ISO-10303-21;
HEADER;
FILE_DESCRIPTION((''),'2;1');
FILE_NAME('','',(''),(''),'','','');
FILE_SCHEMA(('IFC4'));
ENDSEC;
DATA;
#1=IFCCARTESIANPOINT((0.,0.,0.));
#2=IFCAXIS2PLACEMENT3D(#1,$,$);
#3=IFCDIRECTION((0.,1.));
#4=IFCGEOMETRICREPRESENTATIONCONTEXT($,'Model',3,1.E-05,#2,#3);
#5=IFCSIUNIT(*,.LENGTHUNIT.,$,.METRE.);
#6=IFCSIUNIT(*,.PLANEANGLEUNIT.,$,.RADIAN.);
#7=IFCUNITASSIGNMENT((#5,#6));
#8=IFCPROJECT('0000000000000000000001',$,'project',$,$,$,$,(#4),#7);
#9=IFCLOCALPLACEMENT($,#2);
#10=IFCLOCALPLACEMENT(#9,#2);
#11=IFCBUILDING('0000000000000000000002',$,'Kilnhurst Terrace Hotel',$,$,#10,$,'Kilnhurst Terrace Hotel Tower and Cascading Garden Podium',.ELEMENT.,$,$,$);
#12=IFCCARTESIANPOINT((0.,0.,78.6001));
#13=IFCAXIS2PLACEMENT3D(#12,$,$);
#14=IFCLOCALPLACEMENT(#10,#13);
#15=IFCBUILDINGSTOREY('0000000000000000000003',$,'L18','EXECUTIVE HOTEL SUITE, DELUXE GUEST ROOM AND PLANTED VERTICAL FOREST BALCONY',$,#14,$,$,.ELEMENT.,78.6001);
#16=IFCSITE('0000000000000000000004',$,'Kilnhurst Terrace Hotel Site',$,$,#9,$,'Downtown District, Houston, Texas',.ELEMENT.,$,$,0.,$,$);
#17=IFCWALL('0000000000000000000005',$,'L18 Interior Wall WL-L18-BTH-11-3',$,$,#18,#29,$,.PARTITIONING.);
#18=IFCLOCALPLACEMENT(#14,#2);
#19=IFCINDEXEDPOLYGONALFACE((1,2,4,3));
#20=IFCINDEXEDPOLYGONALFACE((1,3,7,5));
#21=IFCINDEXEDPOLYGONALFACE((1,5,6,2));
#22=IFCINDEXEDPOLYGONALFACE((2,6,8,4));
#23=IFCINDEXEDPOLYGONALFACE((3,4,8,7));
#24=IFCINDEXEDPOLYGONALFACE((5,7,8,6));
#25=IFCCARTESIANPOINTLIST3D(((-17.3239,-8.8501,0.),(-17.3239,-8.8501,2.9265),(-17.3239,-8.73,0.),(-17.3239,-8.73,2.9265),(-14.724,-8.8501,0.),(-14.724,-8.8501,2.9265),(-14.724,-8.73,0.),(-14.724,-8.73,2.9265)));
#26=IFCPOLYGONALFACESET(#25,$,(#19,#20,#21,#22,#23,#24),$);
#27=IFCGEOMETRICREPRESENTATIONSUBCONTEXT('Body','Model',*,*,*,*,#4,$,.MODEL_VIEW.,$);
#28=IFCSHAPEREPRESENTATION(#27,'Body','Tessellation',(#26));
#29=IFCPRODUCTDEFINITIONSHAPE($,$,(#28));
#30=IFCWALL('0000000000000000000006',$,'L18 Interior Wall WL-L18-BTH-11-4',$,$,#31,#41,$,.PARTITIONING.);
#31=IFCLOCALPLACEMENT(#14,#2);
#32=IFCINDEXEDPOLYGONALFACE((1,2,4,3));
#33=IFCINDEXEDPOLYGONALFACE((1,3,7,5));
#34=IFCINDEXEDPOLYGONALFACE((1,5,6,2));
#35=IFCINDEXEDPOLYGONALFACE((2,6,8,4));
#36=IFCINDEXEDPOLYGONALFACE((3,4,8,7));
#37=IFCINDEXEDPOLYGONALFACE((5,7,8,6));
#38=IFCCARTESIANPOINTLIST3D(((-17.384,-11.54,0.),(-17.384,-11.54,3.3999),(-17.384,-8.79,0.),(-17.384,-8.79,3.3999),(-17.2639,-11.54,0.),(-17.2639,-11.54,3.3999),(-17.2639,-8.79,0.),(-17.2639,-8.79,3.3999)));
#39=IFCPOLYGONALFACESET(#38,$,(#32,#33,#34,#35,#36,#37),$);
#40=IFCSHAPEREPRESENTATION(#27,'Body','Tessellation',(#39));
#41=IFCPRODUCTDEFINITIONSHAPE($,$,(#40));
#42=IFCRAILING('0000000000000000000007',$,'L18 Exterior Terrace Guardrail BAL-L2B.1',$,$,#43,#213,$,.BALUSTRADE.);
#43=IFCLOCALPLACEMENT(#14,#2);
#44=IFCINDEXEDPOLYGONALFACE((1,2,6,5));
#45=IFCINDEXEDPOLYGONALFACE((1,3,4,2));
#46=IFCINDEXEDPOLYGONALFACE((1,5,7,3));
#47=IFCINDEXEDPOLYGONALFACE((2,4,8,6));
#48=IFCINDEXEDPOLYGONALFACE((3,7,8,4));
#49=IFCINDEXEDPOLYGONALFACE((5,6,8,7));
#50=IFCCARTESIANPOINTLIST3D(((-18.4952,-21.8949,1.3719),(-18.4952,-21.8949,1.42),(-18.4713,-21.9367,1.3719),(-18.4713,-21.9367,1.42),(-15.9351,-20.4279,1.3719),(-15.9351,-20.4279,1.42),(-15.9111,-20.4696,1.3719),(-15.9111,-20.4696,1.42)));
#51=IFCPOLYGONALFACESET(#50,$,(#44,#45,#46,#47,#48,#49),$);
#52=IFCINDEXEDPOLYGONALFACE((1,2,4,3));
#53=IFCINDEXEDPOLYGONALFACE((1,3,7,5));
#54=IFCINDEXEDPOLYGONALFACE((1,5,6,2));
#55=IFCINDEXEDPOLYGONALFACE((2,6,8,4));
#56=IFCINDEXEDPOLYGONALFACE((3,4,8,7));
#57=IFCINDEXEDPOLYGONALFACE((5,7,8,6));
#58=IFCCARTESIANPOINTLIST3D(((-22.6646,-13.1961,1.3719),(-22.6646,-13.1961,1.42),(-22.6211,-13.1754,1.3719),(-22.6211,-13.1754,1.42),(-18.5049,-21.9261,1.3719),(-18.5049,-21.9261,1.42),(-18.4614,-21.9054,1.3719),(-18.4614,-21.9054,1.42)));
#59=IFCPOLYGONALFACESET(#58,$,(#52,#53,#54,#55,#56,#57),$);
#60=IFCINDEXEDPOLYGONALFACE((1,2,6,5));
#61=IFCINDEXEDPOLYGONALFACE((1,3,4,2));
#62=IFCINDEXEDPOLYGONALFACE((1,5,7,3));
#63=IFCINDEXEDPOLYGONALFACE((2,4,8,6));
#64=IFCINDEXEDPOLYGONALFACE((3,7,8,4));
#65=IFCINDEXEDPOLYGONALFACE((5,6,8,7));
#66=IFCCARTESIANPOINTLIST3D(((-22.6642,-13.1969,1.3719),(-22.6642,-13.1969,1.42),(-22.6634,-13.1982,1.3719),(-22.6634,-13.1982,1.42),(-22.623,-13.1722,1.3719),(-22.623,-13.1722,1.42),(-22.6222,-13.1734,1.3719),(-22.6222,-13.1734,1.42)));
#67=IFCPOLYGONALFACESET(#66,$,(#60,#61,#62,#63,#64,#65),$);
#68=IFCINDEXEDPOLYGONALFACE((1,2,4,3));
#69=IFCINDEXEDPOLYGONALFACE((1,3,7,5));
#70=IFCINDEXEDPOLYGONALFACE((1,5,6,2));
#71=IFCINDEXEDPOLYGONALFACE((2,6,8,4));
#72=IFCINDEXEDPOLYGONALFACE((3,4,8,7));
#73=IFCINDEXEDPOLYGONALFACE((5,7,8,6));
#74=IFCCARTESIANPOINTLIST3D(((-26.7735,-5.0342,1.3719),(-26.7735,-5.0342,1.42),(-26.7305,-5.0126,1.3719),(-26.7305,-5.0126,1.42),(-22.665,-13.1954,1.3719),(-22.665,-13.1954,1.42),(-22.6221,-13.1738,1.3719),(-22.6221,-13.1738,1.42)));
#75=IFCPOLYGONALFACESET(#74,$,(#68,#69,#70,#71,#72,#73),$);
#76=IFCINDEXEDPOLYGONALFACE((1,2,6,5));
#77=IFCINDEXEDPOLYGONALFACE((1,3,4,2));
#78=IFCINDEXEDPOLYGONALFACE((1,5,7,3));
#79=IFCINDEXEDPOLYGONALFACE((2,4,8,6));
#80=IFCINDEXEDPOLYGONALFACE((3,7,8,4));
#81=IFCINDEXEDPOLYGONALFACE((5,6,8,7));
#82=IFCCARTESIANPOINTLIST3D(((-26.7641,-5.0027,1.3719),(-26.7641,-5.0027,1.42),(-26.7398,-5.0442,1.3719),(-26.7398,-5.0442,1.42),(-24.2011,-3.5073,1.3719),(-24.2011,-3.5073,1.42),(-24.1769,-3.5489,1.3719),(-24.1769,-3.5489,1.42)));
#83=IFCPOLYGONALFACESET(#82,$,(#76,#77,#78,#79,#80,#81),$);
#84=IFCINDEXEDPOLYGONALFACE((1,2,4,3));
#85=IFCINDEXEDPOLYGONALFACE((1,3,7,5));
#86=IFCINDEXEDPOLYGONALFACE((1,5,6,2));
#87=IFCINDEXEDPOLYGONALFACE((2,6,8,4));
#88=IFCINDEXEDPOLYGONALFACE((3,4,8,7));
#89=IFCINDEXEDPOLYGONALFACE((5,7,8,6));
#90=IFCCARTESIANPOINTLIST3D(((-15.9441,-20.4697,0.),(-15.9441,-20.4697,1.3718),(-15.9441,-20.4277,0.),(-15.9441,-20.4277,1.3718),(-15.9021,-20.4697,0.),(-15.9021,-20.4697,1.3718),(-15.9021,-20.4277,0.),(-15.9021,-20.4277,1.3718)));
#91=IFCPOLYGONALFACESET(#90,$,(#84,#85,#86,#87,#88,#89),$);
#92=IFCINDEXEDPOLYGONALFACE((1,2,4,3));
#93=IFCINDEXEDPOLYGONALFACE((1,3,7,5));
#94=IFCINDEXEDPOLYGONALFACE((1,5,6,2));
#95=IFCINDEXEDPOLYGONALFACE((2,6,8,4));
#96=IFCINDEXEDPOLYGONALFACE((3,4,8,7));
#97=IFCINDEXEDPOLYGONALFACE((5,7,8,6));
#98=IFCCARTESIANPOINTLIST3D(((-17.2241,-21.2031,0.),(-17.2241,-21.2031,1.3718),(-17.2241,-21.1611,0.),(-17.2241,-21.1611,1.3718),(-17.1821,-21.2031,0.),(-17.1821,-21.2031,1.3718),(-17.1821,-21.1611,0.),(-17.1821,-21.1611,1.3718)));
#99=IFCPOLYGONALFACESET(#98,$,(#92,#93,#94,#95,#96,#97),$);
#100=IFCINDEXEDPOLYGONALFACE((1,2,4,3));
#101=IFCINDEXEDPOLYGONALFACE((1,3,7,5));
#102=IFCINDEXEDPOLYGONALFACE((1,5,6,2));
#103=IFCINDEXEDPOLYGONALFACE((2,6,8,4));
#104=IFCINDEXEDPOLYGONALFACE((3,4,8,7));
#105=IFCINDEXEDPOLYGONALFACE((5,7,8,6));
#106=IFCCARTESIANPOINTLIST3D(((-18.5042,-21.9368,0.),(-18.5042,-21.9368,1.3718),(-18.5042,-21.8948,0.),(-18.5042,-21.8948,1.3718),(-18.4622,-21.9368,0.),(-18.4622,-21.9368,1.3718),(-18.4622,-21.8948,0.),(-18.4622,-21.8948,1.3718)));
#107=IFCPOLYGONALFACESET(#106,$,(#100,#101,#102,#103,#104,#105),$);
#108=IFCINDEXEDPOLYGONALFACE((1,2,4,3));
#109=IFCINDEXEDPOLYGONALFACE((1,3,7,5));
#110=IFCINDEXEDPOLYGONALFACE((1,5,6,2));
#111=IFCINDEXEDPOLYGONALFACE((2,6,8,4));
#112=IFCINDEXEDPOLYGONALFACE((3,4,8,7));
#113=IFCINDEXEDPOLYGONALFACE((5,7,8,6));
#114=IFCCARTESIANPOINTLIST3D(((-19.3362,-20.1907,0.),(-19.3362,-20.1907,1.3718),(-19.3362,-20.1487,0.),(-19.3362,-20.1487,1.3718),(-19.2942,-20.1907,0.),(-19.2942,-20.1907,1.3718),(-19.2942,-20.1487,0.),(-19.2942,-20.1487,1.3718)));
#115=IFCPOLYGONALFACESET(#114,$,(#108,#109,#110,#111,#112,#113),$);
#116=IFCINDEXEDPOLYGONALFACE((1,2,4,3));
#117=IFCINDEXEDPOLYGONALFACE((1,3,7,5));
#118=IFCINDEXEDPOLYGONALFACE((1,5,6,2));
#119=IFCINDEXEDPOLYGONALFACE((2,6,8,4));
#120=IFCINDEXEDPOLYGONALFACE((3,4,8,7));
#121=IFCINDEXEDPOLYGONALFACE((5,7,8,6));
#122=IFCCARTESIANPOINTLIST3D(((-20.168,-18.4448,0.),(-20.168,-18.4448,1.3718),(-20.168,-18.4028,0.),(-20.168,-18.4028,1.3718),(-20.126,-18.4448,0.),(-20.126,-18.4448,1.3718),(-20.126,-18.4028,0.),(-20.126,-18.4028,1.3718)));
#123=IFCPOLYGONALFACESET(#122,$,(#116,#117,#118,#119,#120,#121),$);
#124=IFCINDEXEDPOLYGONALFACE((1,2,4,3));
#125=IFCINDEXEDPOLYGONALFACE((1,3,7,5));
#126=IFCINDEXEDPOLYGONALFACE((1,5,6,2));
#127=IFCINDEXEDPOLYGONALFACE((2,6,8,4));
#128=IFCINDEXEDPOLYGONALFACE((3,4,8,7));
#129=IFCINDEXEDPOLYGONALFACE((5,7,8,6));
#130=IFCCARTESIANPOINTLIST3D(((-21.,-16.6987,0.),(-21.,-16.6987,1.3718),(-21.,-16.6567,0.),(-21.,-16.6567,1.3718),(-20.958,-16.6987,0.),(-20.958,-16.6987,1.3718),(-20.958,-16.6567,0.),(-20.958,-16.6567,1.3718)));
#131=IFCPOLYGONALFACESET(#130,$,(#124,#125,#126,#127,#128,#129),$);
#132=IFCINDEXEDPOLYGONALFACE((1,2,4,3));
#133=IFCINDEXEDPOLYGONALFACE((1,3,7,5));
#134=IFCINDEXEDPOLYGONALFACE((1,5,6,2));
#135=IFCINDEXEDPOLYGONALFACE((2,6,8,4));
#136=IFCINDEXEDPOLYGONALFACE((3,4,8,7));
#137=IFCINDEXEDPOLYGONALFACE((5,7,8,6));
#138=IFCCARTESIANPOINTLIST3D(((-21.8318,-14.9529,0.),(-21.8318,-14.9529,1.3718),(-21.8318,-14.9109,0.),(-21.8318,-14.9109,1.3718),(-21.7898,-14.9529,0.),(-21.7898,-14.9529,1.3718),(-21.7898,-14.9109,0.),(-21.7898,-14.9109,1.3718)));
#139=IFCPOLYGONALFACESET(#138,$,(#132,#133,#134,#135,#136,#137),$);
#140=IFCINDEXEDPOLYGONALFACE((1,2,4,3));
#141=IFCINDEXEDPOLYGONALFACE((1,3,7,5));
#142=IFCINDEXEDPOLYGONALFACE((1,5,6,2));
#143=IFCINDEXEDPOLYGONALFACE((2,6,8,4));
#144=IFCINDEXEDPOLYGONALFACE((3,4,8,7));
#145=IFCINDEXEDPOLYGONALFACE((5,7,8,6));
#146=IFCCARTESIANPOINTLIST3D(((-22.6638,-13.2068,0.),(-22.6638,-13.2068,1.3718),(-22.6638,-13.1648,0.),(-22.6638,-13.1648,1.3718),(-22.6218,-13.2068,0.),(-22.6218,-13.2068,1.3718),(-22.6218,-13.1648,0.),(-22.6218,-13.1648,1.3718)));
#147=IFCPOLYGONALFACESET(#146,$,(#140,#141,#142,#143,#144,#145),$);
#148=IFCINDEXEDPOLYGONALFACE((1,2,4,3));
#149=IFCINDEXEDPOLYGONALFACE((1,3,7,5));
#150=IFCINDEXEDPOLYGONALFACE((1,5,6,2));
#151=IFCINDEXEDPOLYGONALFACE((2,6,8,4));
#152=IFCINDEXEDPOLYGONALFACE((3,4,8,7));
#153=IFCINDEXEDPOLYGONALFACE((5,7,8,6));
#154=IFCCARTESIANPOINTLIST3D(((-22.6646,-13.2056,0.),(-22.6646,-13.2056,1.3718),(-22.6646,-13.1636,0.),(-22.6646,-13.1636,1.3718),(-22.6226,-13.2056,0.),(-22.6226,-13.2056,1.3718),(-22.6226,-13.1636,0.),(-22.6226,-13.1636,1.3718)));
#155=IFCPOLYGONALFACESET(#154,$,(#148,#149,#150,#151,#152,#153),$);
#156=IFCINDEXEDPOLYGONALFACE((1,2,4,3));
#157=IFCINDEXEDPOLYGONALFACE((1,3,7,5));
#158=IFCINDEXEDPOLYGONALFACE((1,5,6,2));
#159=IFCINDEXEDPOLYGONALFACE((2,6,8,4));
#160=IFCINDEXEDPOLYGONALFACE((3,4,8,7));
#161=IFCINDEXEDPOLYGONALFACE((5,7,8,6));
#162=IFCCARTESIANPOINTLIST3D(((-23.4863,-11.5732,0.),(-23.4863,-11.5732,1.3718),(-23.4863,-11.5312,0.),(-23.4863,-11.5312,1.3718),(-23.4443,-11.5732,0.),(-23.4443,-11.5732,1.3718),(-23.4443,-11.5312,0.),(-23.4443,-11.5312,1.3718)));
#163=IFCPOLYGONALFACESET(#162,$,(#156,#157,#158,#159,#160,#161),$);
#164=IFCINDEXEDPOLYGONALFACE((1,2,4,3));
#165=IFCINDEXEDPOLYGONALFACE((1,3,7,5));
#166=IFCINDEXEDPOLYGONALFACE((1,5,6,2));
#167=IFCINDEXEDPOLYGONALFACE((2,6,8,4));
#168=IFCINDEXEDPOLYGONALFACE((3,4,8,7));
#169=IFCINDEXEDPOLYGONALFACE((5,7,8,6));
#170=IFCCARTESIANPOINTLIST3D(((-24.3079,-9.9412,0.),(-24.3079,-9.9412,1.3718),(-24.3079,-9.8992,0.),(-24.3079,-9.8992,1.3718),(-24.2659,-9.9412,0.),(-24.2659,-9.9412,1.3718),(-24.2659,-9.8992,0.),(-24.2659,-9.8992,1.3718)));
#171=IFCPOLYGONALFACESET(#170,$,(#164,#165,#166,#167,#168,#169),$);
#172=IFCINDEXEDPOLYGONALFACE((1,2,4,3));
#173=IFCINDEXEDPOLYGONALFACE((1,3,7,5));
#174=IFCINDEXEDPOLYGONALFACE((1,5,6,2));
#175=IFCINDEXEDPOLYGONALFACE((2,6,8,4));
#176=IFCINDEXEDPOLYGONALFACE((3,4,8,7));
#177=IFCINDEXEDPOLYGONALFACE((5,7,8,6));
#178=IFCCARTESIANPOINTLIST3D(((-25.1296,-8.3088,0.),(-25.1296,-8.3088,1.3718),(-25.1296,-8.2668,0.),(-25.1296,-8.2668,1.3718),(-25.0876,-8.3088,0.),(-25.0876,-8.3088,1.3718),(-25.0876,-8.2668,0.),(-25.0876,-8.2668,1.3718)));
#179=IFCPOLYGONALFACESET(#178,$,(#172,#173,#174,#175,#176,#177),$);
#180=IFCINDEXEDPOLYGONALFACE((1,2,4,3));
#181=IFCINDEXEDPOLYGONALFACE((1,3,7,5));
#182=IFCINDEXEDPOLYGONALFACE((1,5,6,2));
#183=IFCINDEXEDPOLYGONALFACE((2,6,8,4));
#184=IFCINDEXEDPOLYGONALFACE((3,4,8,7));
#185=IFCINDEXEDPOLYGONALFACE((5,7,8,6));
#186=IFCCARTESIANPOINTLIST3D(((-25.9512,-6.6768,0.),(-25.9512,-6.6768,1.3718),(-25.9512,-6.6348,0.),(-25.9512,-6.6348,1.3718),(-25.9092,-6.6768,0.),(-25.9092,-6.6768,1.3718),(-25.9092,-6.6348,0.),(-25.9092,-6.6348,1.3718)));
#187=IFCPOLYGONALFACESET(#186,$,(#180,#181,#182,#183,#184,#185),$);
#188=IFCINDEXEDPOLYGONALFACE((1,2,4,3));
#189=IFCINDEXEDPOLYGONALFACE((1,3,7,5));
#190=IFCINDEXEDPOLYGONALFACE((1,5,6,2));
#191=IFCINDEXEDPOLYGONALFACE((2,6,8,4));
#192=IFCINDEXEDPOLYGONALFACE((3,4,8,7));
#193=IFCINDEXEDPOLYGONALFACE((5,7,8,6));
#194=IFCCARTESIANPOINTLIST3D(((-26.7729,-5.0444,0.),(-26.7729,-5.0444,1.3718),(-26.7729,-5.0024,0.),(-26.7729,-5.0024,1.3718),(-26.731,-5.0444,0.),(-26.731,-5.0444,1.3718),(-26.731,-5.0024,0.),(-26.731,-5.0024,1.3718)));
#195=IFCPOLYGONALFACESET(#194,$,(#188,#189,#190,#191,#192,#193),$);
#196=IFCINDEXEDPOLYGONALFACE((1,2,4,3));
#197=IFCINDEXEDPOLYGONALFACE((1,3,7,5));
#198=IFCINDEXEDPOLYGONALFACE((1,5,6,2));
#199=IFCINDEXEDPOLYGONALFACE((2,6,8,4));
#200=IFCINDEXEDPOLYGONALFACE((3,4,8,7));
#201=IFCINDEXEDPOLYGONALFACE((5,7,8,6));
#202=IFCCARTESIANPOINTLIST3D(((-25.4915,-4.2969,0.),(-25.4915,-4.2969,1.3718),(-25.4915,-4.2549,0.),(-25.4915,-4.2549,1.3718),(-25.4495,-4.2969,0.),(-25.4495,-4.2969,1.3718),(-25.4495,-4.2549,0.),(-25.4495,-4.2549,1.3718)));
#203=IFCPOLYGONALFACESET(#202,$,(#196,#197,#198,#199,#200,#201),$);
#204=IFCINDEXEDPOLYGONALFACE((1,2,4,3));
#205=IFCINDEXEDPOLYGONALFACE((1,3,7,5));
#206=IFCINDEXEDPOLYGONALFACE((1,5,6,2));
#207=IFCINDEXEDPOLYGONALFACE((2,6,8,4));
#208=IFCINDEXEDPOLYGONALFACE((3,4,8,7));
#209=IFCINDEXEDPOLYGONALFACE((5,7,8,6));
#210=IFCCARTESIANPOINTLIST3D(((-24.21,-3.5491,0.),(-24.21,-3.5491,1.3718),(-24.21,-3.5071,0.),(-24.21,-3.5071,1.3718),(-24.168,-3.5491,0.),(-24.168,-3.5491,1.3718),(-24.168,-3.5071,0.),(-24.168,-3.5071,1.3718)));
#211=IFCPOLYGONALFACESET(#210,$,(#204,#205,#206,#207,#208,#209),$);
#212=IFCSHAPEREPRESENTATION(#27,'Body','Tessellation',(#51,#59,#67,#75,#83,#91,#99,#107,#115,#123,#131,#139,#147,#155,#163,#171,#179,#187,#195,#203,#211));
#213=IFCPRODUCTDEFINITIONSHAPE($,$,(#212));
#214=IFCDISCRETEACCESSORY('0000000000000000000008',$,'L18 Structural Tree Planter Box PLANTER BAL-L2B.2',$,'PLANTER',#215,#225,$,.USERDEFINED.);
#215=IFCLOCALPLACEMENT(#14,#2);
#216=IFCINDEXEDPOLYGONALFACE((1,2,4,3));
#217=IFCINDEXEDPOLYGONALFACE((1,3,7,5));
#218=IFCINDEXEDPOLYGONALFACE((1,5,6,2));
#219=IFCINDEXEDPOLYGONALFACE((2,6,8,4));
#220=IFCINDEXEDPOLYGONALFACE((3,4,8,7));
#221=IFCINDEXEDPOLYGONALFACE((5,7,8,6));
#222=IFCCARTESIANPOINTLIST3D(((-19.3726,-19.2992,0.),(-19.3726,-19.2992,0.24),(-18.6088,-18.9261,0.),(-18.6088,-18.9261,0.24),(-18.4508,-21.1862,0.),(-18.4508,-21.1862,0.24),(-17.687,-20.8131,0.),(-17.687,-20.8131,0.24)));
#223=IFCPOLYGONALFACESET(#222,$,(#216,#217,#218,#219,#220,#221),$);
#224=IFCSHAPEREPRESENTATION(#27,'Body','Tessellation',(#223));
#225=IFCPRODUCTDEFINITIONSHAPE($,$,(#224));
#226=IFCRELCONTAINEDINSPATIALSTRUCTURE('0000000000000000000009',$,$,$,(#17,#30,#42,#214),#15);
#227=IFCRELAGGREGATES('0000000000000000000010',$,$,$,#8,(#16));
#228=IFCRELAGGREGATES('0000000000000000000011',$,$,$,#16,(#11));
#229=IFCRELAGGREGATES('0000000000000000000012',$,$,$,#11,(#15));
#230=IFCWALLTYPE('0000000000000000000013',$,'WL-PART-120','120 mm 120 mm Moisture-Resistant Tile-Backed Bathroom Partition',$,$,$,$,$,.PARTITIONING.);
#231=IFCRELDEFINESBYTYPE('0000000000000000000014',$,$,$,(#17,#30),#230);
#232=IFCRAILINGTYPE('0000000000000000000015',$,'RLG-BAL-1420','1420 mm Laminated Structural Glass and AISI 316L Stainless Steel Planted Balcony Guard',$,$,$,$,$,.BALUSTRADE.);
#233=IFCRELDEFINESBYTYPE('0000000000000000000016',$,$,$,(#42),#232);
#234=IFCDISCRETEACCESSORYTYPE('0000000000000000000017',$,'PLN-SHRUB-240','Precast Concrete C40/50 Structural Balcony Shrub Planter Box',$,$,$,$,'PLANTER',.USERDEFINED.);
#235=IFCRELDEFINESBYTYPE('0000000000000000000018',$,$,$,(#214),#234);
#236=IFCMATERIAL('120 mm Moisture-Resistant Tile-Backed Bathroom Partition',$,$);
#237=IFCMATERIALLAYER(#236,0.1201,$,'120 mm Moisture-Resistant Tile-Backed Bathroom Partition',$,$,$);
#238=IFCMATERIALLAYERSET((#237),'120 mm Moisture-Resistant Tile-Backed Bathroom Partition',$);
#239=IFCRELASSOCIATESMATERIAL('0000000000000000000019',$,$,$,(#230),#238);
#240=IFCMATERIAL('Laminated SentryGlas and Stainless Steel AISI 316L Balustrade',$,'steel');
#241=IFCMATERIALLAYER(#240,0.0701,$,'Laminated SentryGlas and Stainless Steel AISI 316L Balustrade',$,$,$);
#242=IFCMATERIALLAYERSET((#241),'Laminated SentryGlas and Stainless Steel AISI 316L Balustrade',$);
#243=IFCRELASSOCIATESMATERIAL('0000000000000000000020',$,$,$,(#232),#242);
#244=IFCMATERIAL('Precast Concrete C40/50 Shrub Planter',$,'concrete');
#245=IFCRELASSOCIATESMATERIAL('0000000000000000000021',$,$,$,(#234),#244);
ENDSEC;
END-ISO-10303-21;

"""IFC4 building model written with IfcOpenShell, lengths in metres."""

from ifc_helpers import new_model, si_unit, direction, frame, frame_2d, origin, origin_2d, place, context, subcontext, project, spatial, rectangle, extrude, material, layer, layer_set, type_object, element, save


model = new_model("IFC4")

# Units and contexts
model_context = context("Model", 3, precision=1e-05, world=origin(), true_north=direction((0.0, 1.0)))
body_context = subcontext(model_context, "Body", "Model", "MODEL_VIEW")
ifc_project = project(units=[si_unit("LENGTHUNIT", "METRE"), si_unit("PLANEANGLEUNIT", "RADIAN")], contexts=[model_context])

# Site, building, storey
site_placement = place(None, origin())
site = spatial("IfcSite", under=ifc_project, at=site_placement, Name="Kilnhurst Terrace Hotel Site", LongName="Downtown District, Houston, Texas", CompositionType="ELEMENT", RefElevation=0.0)
building_placement = place(site_placement, origin())
building = spatial("IfcBuilding", under=site, at=building_placement, Name="Kilnhurst Terrace Hotel", LongName="Kilnhurst Terrace Hotel Tower and Cascading Garden Podium", CompositionType="ELEMENT")
storey_placement = place(building_placement, frame((0.0, 0.0, 78.6001)))
storey = spatial("IfcBuildingStorey", under=building, at=storey_placement, Name="L18", Description="EXECUTIVE HOTEL SUITE, DELUXE GUEST ROOM AND PLANTED VERTICAL FOREST BALCONY", CompositionType="ELEMENT", Elevation=78.6001)

# Shared definitions
ifc_material_1 = material(Name="120 mm Moisture-Resistant Tile-Backed Bathroom Partition")
ifc_layer_1 = layer(ifc_material_1, 0.1201, Name="120 mm Moisture-Resistant Tile-Backed Bathroom Partition")
ifc_layer_set_1 = layer_set([ifc_layer_1], Name="120 mm Moisture-Resistant Tile-Backed Bathroom Partition")
wall_type_1 = type_object("IfcWallType", Name="WL-PART-120", Description="120 mm 120 mm Moisture-Resistant Tile-Backed Bathroom Partition", PredefinedType="PARTITIONING", material=ifc_layer_set_1)

# Walls
wall_1_placement = place(storey_placement, frame((-14.7241, -8.79, 0.0), z_axis=(0.0, 0.0, 1.0), x_axis=(-1.0, 0.0, 0.0)))
element("IfcWall", 1, at=wall_1_placement, inside=storey, type_object=wall_type_1, Name="L18 Interior Wall WL-L18-BTH-11-3", PredefinedType="PARTITIONING", context=body_context, shape_type="SweptSolid", body=[
    extrude(rectangle(XDim=2.5999, YDim=0.1201, at=frame_2d((1.2998, 0.0))), origin(), (0.0, 0.0, 1.0), 2.9265),
])
wall_2_placement = place(storey_placement, frame((-17.324, -8.79, 0.0), z_axis=(0.0, 0.0, 1.0), x_axis=(0.0, -1.0, 0.0)))
element("IfcWall", 2, at=wall_2_placement, inside=storey, type_object=wall_type_1, Name="L18 Interior Wall WL-L18-BTH-11-4", PredefinedType="PARTITIONING", context=body_context, shape_type="SweptSolid", body=[
    extrude(rectangle(XDim=2.75, YDim=0.1201, at=frame_2d((1.375, 0.0))), origin(), (0.0, 0.0, 1.0), 3.3999),
])

# Railing
ifc_material_2 = material(Name="Laminated SentryGlas and Stainless Steel AISI 316L Balustrade", Category="steel")
ifc_layer_2 = layer(ifc_material_2, 0.0701, Name="Laminated SentryGlas and Stainless Steel AISI 316L Balustrade")
ifc_layer_set_2 = layer_set([ifc_layer_2], Name="Laminated SentryGlas and Stainless Steel AISI 316L Balustrade")
railing_type = type_object("IfcRailingType", Name="RLG-BAL-1420", Description="1420 mm Laminated Structural Glass and AISI 316L Stainless Steel Planted Balcony Guard", PredefinedType="BALUSTRADE", material=ifc_layer_set_2)
railing_placement = place(storey_placement, frame((-15.9231, -20.4487, 0.0)))
element("IfcRailing", 3, at=railing_placement, inside=storey, type_object=railing_type, Name="L18 Exterior Terrace Guardrail BAL-L2B.1", PredefinedType="BALUSTRADE", context=body_context, shape_type="SweptSolid", body=[
    extrude(rectangle(XDim=0.0481, YDim=0.0481, at=origin_2d()), frame((0.0, 0.0, 1.396), z_axis=(-0.867637, -0.497199, 0.0), x_axis=(0.497199, -0.867637, 0.0)), (0.0, 0.0, 1.0), 2.9507),
    extrude(rectangle(XDim=0.0481, YDim=0.0481, at=origin_2d()), frame((-2.5601, -1.467, 1.396), z_axis=(-0.430147, 0.902759, 0.0), x_axis=(-0.902759, -0.430147, 0.0)), (0.0, 0.0, 1.0), 9.6704),
    extrude(rectangle(XDim=0.0481, YDim=0.0481, at=origin_2d()), frame((-6.7197, 7.2629, 1.396), z_axis=(-0.514496, 0.857493, 0.0), x_axis=(-0.857493, -0.514496, 0.0)), (0.0, 0.0, 1.0), 0.0015),
    extrude(rectangle(XDim=0.0481, YDim=0.0481, at=origin_2d()), frame((-6.7205, 7.2642, 1.396), z_axis=(-0.449649, 0.893205, 0.0), x_axis=(-0.893205, -0.449649, 0.0)), (0.0, 0.0, 1.0), 9.137),
    extrude(rectangle(XDim=0.0481, YDim=0.0481, at=origin_2d()), frame((-10.8289, 15.4253, 1.396), z_axis=(0.863737, 0.503943, 0.0), x_axis=(-0.503943, 0.863737, 0.0)), (0.0, 0.0, 1.0), 2.9673),
    extrude(rectangle(XDim=0.042, YDim=0.042, at=origin_2d()), origin(), (0.0, 0.0, 1.0), 1.3718),
    extrude(rectangle(XDim=0.042, YDim=0.042, at=origin_2d()), frame((-1.28, -0.7334, 0.0)), (0.0, 0.0, 1.0), 1.3718),
    extrude(rectangle(XDim=0.042, YDim=0.042, at=origin_2d()), frame((-2.5601, -1.467, 0.0)), (0.0, 0.0, 1.0), 1.3718),
    extrude(rectangle(XDim=0.042, YDim=0.042, at=origin_2d()), frame((-3.3921, 0.2791, 0.0)), (0.0, 0.0, 1.0), 1.3718),
    extrude(rectangle(XDim=0.042, YDim=0.042, at=origin_2d()), frame((-4.2239, 2.0249, 0.0)), (0.0, 0.0, 1.0), 1.3718),
    extrude(rectangle(XDim=0.042, YDim=0.042, at=origin_2d()), frame((-5.0559, 3.771, 0.0)), (0.0, 0.0, 1.0), 1.3718),
    extrude(rectangle(XDim=0.042, YDim=0.042, at=origin_2d()), frame((-5.8877, 5.5168, 0.0)), (0.0, 0.0, 1.0), 1.3718),
    extrude(rectangle(XDim=0.042, YDim=0.042, at=origin_2d()), frame((-6.7197, 7.2629, 0.0)), (0.0, 0.0, 1.0), 1.3718),
    extrude(rectangle(XDim=0.042, YDim=0.042, at=origin_2d()), frame((-6.7205, 7.2642, 0.0)), (0.0, 0.0, 1.0), 1.3718),
    extrude(rectangle(XDim=0.042, YDim=0.042, at=origin_2d()), frame((-7.5422, 8.8965, 0.0)), (0.0, 0.0, 1.0), 1.3718),
    extrude(rectangle(XDim=0.042, YDim=0.042, at=origin_2d()), frame((-8.3638, 10.5286, 0.0)), (0.0, 0.0, 1.0), 1.3718),
    extrude(rectangle(XDim=0.042, YDim=0.042, at=origin_2d()), frame((-9.1855, 12.1609, 0.0)), (0.0, 0.0, 1.0), 1.3718),
    extrude(rectangle(XDim=0.042, YDim=0.042, at=origin_2d()), frame((-10.0071, 13.793, 0.0)), (0.0, 0.0, 1.0), 1.3718),
    extrude(rectangle(XDim=0.042, YDim=0.042, at=origin_2d()), frame((-10.8289, 15.4253, 0.0)), (0.0, 0.0, 1.0), 1.3718),
    extrude(rectangle(XDim=0.042, YDim=0.042, at=origin_2d()), frame((-9.5474, 16.1729, 0.0)), (0.0, 0.0, 1.0), 1.3718),
    extrude(rectangle(XDim=0.042, YDim=0.042, at=origin_2d()), frame((-8.2659, 16.9207, 0.0)), (0.0, 0.0, 1.0), 1.3718),
])

# Discrete accessory
ifc_material_3 = material(Name="Precast Concrete C40/50 Shrub Planter", Category="concrete")
discrete_accessory_type = type_object("IfcDiscreteAccessoryType", Name="PLN-SHRUB-240", Description="Precast Concrete C40/50 Structural Balcony Shrub Planter Box", ElementType="PLANTER", PredefinedType="USERDEFINED", material=ifc_material_3)
discrete_accessory_placement = place(storey_placement, frame((-18.5298, -20.0562, 0.0), z_axis=(0.0, 0.0, 1.0), x_axis=(0.438936, -0.898518, 0.0)))
element("IfcDiscreteAccessory", 4, at=discrete_accessory_placement, inside=storey, type_object=discrete_accessory_type, Name="L18 Structural Tree Planter Box PLANTER BAL-L2B.2", ObjectType="PLANTER", PredefinedType="USERDEFINED", context=body_context, shape_type="SweptSolid", body=[
    extrude(rectangle(XDim=2.1001, YDim=0.8501, at=origin_2d()), origin(), (0.0, 0.0, 1.0), 0.24),
])

save(model, "model.ifc")
